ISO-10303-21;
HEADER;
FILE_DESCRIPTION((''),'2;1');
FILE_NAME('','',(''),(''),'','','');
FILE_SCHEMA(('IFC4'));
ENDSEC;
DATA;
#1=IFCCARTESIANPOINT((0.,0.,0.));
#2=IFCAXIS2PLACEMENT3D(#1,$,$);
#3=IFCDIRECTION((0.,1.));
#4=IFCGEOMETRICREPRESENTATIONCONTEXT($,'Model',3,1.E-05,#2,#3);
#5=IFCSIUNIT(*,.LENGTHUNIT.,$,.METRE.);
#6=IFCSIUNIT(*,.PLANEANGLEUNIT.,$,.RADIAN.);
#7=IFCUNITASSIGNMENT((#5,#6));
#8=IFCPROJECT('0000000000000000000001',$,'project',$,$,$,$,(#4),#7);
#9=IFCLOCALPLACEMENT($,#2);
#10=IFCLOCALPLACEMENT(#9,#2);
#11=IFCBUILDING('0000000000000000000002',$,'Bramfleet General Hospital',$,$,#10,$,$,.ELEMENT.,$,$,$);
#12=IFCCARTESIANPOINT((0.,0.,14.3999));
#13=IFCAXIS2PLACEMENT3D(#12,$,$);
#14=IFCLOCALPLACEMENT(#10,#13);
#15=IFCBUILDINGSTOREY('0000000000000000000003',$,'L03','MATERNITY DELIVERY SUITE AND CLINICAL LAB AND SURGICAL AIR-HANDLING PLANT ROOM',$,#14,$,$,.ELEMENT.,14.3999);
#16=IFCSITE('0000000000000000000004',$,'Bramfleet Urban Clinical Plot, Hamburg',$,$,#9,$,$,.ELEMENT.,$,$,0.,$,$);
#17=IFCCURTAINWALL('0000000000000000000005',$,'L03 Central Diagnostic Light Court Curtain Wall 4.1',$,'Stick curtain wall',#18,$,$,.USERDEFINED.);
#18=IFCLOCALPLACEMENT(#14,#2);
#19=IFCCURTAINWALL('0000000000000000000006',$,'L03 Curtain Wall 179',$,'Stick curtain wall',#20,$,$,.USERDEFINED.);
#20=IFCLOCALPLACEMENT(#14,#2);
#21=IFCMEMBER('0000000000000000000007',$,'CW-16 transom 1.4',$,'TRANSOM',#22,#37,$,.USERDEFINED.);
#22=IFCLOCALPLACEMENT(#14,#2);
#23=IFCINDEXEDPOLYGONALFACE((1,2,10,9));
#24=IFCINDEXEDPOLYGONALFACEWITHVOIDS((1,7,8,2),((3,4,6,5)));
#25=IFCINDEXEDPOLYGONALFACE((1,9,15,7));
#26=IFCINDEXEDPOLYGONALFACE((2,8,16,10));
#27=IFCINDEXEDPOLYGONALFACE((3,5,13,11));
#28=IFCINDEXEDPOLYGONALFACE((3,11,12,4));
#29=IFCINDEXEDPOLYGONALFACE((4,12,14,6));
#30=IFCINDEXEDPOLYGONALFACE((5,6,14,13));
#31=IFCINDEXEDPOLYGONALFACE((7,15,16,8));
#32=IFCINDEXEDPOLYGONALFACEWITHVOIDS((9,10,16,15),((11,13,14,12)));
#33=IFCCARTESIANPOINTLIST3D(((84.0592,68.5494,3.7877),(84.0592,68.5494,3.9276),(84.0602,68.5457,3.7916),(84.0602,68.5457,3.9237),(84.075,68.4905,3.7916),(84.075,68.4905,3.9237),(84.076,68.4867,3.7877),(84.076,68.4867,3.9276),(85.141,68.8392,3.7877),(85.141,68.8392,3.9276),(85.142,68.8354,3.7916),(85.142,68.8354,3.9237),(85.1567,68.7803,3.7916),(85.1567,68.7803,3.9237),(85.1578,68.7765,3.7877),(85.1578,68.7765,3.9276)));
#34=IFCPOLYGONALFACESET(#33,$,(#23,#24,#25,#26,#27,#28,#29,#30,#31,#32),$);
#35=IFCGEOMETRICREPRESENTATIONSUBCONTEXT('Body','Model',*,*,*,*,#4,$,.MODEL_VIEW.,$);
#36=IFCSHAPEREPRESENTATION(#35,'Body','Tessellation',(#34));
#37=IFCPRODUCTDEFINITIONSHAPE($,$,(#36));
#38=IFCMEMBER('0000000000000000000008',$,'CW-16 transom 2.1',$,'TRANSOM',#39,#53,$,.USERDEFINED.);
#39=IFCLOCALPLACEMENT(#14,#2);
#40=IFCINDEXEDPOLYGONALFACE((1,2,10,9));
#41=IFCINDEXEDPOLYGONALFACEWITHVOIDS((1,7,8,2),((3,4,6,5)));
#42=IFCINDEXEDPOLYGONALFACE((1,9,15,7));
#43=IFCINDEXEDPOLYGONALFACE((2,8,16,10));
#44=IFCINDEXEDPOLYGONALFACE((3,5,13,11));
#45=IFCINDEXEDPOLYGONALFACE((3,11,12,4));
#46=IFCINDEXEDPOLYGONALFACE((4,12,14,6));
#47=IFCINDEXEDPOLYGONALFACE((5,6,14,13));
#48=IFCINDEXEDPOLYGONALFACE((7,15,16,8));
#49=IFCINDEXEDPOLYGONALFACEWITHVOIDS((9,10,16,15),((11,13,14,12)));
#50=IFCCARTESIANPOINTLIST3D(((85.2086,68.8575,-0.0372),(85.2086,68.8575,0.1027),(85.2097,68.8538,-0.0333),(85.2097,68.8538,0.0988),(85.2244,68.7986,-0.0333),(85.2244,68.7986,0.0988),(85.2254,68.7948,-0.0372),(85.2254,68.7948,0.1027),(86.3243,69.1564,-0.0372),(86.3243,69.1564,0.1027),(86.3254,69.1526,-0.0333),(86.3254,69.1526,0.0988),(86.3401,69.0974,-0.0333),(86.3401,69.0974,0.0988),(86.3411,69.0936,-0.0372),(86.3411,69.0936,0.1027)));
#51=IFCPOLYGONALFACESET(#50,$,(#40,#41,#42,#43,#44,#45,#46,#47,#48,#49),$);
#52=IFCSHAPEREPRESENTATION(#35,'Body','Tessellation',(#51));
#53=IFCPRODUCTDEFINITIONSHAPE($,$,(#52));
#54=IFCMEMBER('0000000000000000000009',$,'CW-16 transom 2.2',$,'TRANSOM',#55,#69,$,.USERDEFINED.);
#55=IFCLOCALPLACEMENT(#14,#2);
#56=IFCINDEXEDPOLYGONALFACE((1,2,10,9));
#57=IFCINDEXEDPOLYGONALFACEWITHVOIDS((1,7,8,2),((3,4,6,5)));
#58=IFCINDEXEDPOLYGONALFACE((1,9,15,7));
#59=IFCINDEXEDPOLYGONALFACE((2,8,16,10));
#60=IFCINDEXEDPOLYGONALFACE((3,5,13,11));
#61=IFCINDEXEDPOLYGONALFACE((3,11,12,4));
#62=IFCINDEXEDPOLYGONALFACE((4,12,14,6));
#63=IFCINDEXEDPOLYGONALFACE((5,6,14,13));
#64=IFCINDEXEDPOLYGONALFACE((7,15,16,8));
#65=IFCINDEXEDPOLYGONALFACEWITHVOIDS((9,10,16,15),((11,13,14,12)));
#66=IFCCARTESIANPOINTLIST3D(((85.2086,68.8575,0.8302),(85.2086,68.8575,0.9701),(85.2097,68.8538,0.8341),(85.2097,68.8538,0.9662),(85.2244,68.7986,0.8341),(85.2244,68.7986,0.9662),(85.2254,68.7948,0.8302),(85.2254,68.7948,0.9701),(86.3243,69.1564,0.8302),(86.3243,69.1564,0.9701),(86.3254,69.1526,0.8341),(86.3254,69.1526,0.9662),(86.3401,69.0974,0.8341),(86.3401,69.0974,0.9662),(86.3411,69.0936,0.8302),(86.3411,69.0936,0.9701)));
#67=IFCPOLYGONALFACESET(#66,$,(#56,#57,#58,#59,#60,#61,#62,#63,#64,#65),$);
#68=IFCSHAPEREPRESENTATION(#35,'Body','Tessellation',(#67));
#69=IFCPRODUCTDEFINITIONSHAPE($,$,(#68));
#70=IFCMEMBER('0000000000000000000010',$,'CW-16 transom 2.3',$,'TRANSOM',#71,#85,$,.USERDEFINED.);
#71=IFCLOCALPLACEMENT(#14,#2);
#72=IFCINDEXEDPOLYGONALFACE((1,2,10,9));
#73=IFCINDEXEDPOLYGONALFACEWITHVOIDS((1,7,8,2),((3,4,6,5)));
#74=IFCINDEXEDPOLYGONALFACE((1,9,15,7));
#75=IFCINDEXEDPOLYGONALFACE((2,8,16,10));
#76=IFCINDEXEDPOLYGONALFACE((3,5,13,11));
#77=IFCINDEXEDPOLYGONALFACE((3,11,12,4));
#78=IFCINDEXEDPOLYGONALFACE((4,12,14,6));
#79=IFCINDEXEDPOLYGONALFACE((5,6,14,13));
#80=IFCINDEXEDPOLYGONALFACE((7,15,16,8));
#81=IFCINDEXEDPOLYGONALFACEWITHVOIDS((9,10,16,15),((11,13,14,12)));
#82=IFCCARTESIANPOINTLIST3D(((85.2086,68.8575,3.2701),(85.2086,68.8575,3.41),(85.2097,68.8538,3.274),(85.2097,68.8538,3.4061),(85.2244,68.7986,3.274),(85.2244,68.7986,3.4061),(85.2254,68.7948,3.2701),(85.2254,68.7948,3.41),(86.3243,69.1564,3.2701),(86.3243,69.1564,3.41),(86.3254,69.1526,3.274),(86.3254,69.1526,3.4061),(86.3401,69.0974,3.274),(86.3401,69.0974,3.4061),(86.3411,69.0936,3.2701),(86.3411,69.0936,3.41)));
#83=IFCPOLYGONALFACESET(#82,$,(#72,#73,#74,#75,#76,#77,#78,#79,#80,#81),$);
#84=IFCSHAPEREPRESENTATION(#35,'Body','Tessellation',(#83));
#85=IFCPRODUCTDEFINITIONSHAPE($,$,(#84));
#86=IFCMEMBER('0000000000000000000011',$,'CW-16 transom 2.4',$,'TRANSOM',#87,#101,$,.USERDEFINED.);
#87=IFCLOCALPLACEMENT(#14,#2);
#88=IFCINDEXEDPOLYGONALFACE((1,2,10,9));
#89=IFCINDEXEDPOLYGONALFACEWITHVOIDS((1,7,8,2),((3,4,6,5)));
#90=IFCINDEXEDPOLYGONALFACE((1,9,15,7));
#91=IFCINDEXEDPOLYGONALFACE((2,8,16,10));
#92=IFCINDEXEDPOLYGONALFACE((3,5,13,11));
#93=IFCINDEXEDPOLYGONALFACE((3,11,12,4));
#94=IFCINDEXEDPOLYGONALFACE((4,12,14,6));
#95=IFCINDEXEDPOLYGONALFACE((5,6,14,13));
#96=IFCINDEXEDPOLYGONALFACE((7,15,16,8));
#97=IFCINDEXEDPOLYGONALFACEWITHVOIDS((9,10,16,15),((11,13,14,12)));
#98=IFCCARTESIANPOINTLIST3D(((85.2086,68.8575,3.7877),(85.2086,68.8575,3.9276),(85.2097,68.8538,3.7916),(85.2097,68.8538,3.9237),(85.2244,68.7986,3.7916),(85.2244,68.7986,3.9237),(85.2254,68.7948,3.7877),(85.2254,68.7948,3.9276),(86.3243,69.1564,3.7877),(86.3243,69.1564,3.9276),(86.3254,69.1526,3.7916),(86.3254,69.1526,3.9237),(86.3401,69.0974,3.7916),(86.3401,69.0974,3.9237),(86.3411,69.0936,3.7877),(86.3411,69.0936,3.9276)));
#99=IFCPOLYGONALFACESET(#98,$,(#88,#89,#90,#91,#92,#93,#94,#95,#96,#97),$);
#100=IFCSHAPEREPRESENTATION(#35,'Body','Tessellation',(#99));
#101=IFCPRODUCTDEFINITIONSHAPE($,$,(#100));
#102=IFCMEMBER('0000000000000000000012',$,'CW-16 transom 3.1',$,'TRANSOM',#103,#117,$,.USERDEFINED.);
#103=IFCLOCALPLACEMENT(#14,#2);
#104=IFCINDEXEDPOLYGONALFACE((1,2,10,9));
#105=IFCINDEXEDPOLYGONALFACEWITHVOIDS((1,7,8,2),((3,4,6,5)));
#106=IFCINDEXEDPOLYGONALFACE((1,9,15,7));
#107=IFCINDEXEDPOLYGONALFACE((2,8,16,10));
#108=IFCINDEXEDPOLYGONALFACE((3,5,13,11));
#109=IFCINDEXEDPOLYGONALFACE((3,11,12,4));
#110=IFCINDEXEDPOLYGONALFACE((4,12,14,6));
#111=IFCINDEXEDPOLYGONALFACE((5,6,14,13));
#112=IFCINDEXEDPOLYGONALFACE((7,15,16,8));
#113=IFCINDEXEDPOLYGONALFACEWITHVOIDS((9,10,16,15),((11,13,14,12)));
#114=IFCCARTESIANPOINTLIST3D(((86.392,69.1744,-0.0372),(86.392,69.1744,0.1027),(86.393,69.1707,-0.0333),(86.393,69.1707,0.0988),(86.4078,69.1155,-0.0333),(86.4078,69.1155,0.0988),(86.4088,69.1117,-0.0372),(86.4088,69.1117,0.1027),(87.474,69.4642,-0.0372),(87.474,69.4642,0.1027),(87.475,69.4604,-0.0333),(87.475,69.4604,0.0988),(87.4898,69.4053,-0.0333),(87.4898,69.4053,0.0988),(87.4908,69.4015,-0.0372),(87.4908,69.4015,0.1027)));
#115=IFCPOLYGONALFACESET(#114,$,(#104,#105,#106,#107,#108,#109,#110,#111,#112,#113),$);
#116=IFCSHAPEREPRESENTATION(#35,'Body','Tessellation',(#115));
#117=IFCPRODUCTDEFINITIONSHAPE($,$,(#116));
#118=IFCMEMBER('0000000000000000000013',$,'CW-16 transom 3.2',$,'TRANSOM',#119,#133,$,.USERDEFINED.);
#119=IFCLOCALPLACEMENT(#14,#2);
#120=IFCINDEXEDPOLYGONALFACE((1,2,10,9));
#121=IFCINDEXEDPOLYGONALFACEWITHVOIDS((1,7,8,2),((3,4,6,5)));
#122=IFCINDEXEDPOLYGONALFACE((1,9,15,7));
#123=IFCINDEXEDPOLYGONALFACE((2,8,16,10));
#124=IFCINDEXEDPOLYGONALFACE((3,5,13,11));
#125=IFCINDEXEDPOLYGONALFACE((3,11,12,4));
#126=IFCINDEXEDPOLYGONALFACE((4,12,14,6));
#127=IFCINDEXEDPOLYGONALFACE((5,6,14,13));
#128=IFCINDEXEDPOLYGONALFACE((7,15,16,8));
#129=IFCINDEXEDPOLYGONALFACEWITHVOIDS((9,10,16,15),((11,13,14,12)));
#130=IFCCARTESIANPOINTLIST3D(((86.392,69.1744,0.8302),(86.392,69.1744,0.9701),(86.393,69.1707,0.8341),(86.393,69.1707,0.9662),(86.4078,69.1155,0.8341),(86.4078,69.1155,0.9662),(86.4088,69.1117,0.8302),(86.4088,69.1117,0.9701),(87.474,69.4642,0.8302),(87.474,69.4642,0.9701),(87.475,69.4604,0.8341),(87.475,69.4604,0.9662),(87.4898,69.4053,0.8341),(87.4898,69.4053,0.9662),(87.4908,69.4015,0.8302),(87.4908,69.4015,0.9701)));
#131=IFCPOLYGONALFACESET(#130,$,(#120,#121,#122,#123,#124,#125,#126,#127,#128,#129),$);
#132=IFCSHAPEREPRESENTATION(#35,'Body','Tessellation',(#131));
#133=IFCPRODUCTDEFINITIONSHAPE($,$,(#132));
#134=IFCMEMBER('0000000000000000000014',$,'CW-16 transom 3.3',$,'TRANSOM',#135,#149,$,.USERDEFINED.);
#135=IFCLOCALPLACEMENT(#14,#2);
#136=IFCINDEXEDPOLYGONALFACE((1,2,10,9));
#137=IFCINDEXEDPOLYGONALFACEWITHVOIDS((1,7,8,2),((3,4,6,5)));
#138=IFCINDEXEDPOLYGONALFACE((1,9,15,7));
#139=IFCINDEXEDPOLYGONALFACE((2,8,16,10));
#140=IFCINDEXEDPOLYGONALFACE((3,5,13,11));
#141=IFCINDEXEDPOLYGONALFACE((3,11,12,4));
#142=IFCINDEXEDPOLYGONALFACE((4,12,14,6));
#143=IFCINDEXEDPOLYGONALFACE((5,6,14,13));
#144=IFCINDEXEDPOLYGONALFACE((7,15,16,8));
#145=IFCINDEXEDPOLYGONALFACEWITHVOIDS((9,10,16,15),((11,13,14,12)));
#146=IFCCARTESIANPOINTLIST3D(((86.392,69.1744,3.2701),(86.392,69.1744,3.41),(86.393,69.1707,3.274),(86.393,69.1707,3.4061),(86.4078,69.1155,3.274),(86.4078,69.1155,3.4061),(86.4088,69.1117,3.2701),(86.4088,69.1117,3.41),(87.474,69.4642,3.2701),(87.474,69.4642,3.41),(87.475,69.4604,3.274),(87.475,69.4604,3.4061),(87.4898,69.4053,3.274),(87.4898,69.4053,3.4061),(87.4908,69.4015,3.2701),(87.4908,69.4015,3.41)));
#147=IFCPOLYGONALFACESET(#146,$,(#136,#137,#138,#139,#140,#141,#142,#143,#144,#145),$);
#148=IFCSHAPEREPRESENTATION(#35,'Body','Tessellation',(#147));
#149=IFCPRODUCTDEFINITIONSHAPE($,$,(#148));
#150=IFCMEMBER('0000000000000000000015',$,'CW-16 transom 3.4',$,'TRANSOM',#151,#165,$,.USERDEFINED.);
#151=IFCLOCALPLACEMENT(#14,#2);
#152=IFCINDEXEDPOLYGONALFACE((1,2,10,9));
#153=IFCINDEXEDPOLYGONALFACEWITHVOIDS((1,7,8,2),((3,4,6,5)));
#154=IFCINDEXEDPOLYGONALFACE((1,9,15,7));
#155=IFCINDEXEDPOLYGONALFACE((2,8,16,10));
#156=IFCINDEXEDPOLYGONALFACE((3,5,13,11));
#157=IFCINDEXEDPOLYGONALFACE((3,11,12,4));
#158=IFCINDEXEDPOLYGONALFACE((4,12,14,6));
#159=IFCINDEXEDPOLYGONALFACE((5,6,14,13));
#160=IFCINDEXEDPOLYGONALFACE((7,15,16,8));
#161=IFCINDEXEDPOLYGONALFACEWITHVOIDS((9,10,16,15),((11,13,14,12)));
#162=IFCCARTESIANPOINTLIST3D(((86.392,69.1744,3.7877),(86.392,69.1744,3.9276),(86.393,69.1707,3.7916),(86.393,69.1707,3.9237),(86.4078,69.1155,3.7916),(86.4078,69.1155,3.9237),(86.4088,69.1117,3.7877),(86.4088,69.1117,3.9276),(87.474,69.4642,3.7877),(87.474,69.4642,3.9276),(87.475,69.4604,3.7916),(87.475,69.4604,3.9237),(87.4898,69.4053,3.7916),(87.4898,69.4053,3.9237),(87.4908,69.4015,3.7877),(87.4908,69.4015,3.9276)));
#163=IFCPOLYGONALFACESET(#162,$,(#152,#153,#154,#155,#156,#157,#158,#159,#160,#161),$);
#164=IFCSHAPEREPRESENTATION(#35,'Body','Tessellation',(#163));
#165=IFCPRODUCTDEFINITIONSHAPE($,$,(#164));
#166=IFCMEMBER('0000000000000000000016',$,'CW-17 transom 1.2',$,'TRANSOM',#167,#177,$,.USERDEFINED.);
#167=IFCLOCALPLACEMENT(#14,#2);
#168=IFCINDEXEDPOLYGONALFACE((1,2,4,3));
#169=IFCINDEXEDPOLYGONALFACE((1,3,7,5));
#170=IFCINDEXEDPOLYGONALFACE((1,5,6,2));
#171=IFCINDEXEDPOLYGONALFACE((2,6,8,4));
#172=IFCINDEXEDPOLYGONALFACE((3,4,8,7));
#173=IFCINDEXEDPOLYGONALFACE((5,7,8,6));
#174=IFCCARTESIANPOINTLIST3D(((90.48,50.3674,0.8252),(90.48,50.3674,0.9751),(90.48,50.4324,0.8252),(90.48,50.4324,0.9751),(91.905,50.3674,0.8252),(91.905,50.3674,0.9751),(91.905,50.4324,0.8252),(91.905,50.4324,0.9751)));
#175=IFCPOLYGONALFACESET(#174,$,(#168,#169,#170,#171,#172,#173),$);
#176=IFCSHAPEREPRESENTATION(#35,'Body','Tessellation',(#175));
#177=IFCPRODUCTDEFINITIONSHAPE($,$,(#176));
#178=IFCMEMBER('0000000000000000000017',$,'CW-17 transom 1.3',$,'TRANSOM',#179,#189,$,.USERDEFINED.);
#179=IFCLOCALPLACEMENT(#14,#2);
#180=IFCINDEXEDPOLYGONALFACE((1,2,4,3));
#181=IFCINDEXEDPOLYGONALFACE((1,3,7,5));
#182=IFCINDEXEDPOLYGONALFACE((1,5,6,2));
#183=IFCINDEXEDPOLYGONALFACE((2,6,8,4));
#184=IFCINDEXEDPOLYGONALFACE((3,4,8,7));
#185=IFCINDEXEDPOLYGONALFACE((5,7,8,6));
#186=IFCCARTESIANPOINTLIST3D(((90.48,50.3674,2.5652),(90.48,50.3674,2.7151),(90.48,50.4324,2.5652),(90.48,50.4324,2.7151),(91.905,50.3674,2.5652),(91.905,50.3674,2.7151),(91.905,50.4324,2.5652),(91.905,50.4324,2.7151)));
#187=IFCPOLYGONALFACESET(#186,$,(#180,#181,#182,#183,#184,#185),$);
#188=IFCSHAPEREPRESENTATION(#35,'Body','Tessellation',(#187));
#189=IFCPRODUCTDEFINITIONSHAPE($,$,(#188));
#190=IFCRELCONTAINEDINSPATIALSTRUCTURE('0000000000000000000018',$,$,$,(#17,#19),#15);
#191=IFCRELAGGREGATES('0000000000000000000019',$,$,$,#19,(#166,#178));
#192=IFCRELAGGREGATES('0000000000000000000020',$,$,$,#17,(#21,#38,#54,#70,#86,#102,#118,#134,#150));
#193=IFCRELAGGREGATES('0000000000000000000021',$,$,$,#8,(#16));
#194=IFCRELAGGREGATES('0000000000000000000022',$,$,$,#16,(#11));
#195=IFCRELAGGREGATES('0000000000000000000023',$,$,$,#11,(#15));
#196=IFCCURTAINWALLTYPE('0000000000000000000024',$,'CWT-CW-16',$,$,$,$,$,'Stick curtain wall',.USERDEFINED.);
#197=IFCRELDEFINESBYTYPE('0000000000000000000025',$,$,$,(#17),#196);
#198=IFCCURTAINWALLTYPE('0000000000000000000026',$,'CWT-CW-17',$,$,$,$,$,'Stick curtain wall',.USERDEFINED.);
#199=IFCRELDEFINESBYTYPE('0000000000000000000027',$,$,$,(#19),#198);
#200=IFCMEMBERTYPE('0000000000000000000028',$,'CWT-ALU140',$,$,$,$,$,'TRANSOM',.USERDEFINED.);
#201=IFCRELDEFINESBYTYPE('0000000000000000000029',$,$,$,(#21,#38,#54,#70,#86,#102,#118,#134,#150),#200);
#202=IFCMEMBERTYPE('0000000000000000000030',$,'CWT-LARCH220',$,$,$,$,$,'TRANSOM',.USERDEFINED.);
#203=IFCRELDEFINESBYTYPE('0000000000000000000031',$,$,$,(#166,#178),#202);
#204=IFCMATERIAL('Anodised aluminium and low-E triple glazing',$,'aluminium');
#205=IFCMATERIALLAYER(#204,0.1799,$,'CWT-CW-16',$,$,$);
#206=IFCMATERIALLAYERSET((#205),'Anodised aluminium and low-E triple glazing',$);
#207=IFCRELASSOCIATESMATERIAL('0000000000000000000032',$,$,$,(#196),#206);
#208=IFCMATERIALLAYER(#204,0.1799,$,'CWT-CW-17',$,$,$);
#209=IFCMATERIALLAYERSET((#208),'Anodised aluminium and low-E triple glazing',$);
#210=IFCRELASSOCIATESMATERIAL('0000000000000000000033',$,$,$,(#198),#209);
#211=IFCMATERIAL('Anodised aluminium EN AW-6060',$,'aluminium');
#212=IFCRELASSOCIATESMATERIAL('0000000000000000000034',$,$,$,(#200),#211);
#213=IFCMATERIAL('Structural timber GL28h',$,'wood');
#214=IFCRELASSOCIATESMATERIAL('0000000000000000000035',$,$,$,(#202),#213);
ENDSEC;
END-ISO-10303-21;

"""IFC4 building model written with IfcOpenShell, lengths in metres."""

from ifc_helpers import new_model, si_unit, direction, frame, origin, origin_2d, place, context, subcontext, project, spatial, rectangle, hollow_rectangle, extrude, material, layer, layer_set, material_profile, profile_set, type_object, element, aggregate, save


model = new_model("IFC4")

# Units and contexts
model_context = context("Model", 3, precision=1e-05, world=origin(), true_north=direction((0.0, 1.0)))
body_context = subcontext(model_context, "Body", "Model", "MODEL_VIEW")
ifc_project = project(units=[si_unit("LENGTHUNIT", "METRE"), si_unit("PLANEANGLEUNIT", "RADIAN")], contexts=[model_context])

# Site, building, storey
site_placement = place(None, origin())
site = spatial("IfcSite", under=ifc_project, at=site_placement, Name="Bramfleet Urban Clinical Plot, Hamburg", CompositionType="ELEMENT", RefElevation=0.0)
building_placement = place(site_placement, origin())
building = spatial("IfcBuilding", under=site, at=building_placement, Name="Bramfleet General Hospital", CompositionType="ELEMENT")
storey_placement = place(building_placement, frame((0.0, 0.0, 14.3999)))
storey = spatial("IfcBuildingStorey", under=building, at=storey_placement, Name="L03", Description="MATERNITY DELIVERY SUITE AND CLINICAL LAB AND SURGICAL AIR-HANDLING PLANT ROOM", CompositionType="ELEMENT", Elevation=14.3999)

# Curtain wall
ifc_material_1 = material(Name="Anodised aluminium and low-E triple glazing", Category="aluminium")
ifc_layer_1 = layer(ifc_material_1, 0.1799, Name="CWT-CW-16")
ifc_layer_set_1 = layer_set([ifc_layer_1], Name="Anodised aluminium and low-E triple glazing")
curtain_wall_type_1 = type_object("IfcCurtainWallType", Name="CWT-CW-16", ElementType="Stick curtain wall", PredefinedType="USERDEFINED", material=ifc_layer_set_1)
curtain_wall_1_placement = place(storey_placement, origin())
curtain_wall_1 = element("IfcCurtainWall", 1, at=curtain_wall_1_placement, inside=storey, type_object=curtain_wall_type_1, Name="L03 Central Diagnostic Light Court Curtain Wall 4.1", ObjectType="Stick curtain wall", PredefinedType="USERDEFINED")
ifc_material_2 = material(Name="Anodised aluminium EN AW-6060", Category="aluminium")

# Curtain wall
ifc_layer_2 = layer(ifc_material_1, 0.1799, Name="CWT-CW-17")
ifc_layer_set_2 = layer_set([ifc_layer_2], Name="Anodised aluminium and low-E triple glazing")
curtain_wall_type_2 = type_object("IfcCurtainWallType", Name="CWT-CW-17", ElementType="Stick curtain wall", PredefinedType="USERDEFINED", material=ifc_layer_set_2)
curtain_wall_2_placement = place(storey_placement, origin())
curtain_wall_2 = element("IfcCurtainWall", 2, at=curtain_wall_2_placement, inside=storey, type_object=curtain_wall_type_2, Name="L03 Curtain Wall 179", ObjectType="Stick curtain wall", PredefinedType="USERDEFINED")
ifc_material_3 = material(Name="Structural timber GL28h", Category="wood")

# Members
ifc_material_profile_1 = material_profile(ifc_material_2, hollow_rectangle(XDim=0.0649, YDim=0.1399, WallThickness=0.0039, at=origin_2d()), Name="ALU 140x65x4.0")
ifc_profile_set_1 = profile_set([ifc_material_profile_1], Name="Anodised aluminium EN AW-6060")
member_type_1 = type_object("IfcMemberType", Name="CWT-ALU140", ElementType="TRANSOM", PredefinedType="USERDEFINED", material=ifc_profile_set_1)
member_1_placement = place(storey_placement, frame((84.0676, 68.5181, 3.8577), z_axis=(0.965941, 0.258762, 0.0), x_axis=(-0.258762, 0.965941, 0.0)))
member_1 = element("IfcMember", 3, at=member_1_placement, type_object=member_type_1, Name="CW-16 transom 1.4", ObjectType="TRANSOM", PredefinedType="USERDEFINED", context=body_context, shape_type="SweptSolid", body=[
    extrude(hollow_rectangle(XDim=0.0649, YDim=0.1399, WallThickness=0.0039, at=origin_2d()), origin(), (0.0, 0.0, 1.0), 1.1199),
])
member_2_placement = place(storey_placement, frame((85.217, 68.8262, 0.0327), z_axis=(0.965954, 0.258715, 0.0), x_axis=(-0.258715, 0.965954, 0.0)))
member_2 = element("IfcMember", 4, at=member_2_placement, type_object=member_type_1, Name="CW-16 transom 2.1", ObjectType="TRANSOM", PredefinedType="USERDEFINED", context=body_context, shape_type="SweptSolid", body=[
    extrude(hollow_rectangle(XDim=0.0649, YDim=0.1399, WallThickness=0.0039, at=origin_2d()), origin(), (0.0, 0.0, 1.0), 1.155),
])
member_3_placement = place(storey_placement, frame((85.217, 68.8262, 0.9001), z_axis=(0.965954, 0.258715, 0.0), x_axis=(-0.258715, 0.965954, 0.0)))
member_3 = element("IfcMember", 5, at=member_3_placement, type_object=member_type_1, Name="CW-16 transom 2.2", ObjectType="TRANSOM", PredefinedType="USERDEFINED", context=body_context, shape_type="SweptSolid", body=[
    extrude(hollow_rectangle(XDim=0.0649, YDim=0.1399, WallThickness=0.0039, at=origin_2d()), origin(), (0.0, 0.0, 1.0), 1.155),
])
member_4_placement = place(storey_placement, frame((85.217, 68.8262, 3.3401), z_axis=(0.965954, 0.258715, 0.0), x_axis=(-0.258715, 0.965954, 0.0)))
member_4 = element("IfcMember", 6, at=member_4_placement, type_object=member_type_1, Name="CW-16 transom 2.3", ObjectType="TRANSOM", PredefinedType="USERDEFINED", context=body_context, shape_type="SweptSolid", body=[
    extrude(hollow_rectangle(XDim=0.0649, YDim=0.1399, WallThickness=0.0039, at=origin_2d()), origin(), (0.0, 0.0, 1.0), 1.155),
])
member_5_placement = place(storey_placement, frame((85.217, 68.8262, 3.8577), z_axis=(0.965954, 0.258715, 0.0), x_axis=(-0.258715, 0.965954, 0.0)))
member_5 = element("IfcMember", 7, at=member_5_placement, type_object=member_type_1, Name="CW-16 transom 2.4", ObjectType="TRANSOM", PredefinedType="USERDEFINED", context=body_context, shape_type="SweptSolid", body=[
    extrude(hollow_rectangle(XDim=0.0649, YDim=0.1399, WallThickness=0.0039, at=origin_2d()), origin(), (0.0, 0.0, 1.0), 1.155),
])
member_6_placement = place(storey_placement, frame((86.4004, 69.1431, 0.0327), z_axis=(0.965956, 0.258707, 0.0), x_axis=(-0.258707, 0.965956, 0.0)))
member_6 = element("IfcMember", 8, at=member_6_placement, type_object=member_type_1, Name="CW-16 transom 3.1", ObjectType="TRANSOM", PredefinedType="USERDEFINED", context=body_context, shape_type="SweptSolid", body=[
    extrude(hollow_rectangle(XDim=0.0649, YDim=0.1399, WallThickness=0.0039, at=origin_2d()), origin(), (0.0, 0.0, 1.0), 1.1201),
])
member_7_placement = place(storey_placement, frame((86.4004, 69.1431, 0.9001), z_axis=(0.965956, 0.258707, 0.0), x_axis=(-0.258707, 0.965956, 0.0)))
member_7 = element("IfcMember", 9, at=member_7_placement, type_object=member_type_1, Name="CW-16 transom 3.2", ObjectType="TRANSOM", PredefinedType="USERDEFINED", context=body_context, shape_type="SweptSolid", body=[
    extrude(hollow_rectangle(XDim=0.0649, YDim=0.1399, WallThickness=0.0039, at=origin_2d()), origin(), (0.0, 0.0, 1.0), 1.1201),
])
member_8_placement = place(storey_placement, frame((86.4004, 69.1431, 3.3401), z_axis=(0.965956, 0.258707, 0.0), x_axis=(-0.258707, 0.965956, 0.0)))
member_8 = element("IfcMember", 10, at=member_8_placement, type_object=member_type_1, Name="CW-16 transom 3.3", ObjectType="TRANSOM", PredefinedType="USERDEFINED", context=body_context, shape_type="SweptSolid", body=[
    extrude(hollow_rectangle(XDim=0.0649, YDim=0.1399, WallThickness=0.0039, at=origin_2d()), origin(), (0.0, 0.0, 1.0), 1.1201),
])
member_9_placement = place(storey_placement, frame((86.4004, 69.1431, 3.8577), z_axis=(0.965956, 0.258707, 0.0), x_axis=(-0.258707, 0.965956, 0.0)))
member_9 = element("IfcMember", 11, at=member_9_placement, type_object=member_type_1, Name="CW-16 transom 3.4", ObjectType="TRANSOM", PredefinedType="USERDEFINED", context=body_context, shape_type="SweptSolid", body=[
    extrude(hollow_rectangle(XDim=0.0649, YDim=0.1399, WallThickness=0.0039, at=origin_2d()), origin(), (0.0, 0.0, 1.0), 1.1201),
])
ifc_material_profile_2 = material_profile(ifc_material_3, rectangle(XDim=0.0649, YDim=0.1499, at=origin_2d()), Name="LARCH 150x65")
ifc_profile_set_2 = profile_set([ifc_material_profile_2], Name="Structural timber GL28h")
member_type_2 = type_object("IfcMemberType", Name="CWT-LARCH220", ElementType="TRANSOM", PredefinedType="USERDEFINED", material=ifc_profile_set_2)
member_10_placement = place(storey_placement, frame((91.905, 50.3999, 0.9001), z_axis=(-1.0, 0.0, 0.0), x_axis=(0.0, -1.0, 0.0)))
member_10 = element("IfcMember", 12, at=member_10_placement, type_object=member_type_2, Name="CW-17 transom 1.2", ObjectType="TRANSOM", PredefinedType="USERDEFINED", context=body_context, shape_type="SweptSolid", body=[
    extrude(rectangle(XDim=0.0649, YDim=0.1499, at=origin_2d()), origin(), (0.0, 0.0, 1.0), 1.425),
])
member_11_placement = place(storey_placement, frame((91.905, 50.3999, 2.6401), z_axis=(-1.0, 0.0, 0.0), x_axis=(0.0, -1.0, 0.0)))
member_11 = element("IfcMember", 13, at=member_11_placement, type_object=member_type_2, Name="CW-17 transom 1.3", ObjectType="TRANSOM", PredefinedType="USERDEFINED", context=body_context, shape_type="SweptSolid", body=[
    extrude(rectangle(XDim=0.0649, YDim=0.1499, at=origin_2d()), origin(), (0.0, 0.0, 1.0), 1.425),
])
aggregate(curtain_wall_2, [member_10, member_11])

aggregate(curtain_wall_1, [member_1, member_2, member_3, member_4, member_5, member_6, member_7, member_8, member_9])

save(model, "model.ifc")
